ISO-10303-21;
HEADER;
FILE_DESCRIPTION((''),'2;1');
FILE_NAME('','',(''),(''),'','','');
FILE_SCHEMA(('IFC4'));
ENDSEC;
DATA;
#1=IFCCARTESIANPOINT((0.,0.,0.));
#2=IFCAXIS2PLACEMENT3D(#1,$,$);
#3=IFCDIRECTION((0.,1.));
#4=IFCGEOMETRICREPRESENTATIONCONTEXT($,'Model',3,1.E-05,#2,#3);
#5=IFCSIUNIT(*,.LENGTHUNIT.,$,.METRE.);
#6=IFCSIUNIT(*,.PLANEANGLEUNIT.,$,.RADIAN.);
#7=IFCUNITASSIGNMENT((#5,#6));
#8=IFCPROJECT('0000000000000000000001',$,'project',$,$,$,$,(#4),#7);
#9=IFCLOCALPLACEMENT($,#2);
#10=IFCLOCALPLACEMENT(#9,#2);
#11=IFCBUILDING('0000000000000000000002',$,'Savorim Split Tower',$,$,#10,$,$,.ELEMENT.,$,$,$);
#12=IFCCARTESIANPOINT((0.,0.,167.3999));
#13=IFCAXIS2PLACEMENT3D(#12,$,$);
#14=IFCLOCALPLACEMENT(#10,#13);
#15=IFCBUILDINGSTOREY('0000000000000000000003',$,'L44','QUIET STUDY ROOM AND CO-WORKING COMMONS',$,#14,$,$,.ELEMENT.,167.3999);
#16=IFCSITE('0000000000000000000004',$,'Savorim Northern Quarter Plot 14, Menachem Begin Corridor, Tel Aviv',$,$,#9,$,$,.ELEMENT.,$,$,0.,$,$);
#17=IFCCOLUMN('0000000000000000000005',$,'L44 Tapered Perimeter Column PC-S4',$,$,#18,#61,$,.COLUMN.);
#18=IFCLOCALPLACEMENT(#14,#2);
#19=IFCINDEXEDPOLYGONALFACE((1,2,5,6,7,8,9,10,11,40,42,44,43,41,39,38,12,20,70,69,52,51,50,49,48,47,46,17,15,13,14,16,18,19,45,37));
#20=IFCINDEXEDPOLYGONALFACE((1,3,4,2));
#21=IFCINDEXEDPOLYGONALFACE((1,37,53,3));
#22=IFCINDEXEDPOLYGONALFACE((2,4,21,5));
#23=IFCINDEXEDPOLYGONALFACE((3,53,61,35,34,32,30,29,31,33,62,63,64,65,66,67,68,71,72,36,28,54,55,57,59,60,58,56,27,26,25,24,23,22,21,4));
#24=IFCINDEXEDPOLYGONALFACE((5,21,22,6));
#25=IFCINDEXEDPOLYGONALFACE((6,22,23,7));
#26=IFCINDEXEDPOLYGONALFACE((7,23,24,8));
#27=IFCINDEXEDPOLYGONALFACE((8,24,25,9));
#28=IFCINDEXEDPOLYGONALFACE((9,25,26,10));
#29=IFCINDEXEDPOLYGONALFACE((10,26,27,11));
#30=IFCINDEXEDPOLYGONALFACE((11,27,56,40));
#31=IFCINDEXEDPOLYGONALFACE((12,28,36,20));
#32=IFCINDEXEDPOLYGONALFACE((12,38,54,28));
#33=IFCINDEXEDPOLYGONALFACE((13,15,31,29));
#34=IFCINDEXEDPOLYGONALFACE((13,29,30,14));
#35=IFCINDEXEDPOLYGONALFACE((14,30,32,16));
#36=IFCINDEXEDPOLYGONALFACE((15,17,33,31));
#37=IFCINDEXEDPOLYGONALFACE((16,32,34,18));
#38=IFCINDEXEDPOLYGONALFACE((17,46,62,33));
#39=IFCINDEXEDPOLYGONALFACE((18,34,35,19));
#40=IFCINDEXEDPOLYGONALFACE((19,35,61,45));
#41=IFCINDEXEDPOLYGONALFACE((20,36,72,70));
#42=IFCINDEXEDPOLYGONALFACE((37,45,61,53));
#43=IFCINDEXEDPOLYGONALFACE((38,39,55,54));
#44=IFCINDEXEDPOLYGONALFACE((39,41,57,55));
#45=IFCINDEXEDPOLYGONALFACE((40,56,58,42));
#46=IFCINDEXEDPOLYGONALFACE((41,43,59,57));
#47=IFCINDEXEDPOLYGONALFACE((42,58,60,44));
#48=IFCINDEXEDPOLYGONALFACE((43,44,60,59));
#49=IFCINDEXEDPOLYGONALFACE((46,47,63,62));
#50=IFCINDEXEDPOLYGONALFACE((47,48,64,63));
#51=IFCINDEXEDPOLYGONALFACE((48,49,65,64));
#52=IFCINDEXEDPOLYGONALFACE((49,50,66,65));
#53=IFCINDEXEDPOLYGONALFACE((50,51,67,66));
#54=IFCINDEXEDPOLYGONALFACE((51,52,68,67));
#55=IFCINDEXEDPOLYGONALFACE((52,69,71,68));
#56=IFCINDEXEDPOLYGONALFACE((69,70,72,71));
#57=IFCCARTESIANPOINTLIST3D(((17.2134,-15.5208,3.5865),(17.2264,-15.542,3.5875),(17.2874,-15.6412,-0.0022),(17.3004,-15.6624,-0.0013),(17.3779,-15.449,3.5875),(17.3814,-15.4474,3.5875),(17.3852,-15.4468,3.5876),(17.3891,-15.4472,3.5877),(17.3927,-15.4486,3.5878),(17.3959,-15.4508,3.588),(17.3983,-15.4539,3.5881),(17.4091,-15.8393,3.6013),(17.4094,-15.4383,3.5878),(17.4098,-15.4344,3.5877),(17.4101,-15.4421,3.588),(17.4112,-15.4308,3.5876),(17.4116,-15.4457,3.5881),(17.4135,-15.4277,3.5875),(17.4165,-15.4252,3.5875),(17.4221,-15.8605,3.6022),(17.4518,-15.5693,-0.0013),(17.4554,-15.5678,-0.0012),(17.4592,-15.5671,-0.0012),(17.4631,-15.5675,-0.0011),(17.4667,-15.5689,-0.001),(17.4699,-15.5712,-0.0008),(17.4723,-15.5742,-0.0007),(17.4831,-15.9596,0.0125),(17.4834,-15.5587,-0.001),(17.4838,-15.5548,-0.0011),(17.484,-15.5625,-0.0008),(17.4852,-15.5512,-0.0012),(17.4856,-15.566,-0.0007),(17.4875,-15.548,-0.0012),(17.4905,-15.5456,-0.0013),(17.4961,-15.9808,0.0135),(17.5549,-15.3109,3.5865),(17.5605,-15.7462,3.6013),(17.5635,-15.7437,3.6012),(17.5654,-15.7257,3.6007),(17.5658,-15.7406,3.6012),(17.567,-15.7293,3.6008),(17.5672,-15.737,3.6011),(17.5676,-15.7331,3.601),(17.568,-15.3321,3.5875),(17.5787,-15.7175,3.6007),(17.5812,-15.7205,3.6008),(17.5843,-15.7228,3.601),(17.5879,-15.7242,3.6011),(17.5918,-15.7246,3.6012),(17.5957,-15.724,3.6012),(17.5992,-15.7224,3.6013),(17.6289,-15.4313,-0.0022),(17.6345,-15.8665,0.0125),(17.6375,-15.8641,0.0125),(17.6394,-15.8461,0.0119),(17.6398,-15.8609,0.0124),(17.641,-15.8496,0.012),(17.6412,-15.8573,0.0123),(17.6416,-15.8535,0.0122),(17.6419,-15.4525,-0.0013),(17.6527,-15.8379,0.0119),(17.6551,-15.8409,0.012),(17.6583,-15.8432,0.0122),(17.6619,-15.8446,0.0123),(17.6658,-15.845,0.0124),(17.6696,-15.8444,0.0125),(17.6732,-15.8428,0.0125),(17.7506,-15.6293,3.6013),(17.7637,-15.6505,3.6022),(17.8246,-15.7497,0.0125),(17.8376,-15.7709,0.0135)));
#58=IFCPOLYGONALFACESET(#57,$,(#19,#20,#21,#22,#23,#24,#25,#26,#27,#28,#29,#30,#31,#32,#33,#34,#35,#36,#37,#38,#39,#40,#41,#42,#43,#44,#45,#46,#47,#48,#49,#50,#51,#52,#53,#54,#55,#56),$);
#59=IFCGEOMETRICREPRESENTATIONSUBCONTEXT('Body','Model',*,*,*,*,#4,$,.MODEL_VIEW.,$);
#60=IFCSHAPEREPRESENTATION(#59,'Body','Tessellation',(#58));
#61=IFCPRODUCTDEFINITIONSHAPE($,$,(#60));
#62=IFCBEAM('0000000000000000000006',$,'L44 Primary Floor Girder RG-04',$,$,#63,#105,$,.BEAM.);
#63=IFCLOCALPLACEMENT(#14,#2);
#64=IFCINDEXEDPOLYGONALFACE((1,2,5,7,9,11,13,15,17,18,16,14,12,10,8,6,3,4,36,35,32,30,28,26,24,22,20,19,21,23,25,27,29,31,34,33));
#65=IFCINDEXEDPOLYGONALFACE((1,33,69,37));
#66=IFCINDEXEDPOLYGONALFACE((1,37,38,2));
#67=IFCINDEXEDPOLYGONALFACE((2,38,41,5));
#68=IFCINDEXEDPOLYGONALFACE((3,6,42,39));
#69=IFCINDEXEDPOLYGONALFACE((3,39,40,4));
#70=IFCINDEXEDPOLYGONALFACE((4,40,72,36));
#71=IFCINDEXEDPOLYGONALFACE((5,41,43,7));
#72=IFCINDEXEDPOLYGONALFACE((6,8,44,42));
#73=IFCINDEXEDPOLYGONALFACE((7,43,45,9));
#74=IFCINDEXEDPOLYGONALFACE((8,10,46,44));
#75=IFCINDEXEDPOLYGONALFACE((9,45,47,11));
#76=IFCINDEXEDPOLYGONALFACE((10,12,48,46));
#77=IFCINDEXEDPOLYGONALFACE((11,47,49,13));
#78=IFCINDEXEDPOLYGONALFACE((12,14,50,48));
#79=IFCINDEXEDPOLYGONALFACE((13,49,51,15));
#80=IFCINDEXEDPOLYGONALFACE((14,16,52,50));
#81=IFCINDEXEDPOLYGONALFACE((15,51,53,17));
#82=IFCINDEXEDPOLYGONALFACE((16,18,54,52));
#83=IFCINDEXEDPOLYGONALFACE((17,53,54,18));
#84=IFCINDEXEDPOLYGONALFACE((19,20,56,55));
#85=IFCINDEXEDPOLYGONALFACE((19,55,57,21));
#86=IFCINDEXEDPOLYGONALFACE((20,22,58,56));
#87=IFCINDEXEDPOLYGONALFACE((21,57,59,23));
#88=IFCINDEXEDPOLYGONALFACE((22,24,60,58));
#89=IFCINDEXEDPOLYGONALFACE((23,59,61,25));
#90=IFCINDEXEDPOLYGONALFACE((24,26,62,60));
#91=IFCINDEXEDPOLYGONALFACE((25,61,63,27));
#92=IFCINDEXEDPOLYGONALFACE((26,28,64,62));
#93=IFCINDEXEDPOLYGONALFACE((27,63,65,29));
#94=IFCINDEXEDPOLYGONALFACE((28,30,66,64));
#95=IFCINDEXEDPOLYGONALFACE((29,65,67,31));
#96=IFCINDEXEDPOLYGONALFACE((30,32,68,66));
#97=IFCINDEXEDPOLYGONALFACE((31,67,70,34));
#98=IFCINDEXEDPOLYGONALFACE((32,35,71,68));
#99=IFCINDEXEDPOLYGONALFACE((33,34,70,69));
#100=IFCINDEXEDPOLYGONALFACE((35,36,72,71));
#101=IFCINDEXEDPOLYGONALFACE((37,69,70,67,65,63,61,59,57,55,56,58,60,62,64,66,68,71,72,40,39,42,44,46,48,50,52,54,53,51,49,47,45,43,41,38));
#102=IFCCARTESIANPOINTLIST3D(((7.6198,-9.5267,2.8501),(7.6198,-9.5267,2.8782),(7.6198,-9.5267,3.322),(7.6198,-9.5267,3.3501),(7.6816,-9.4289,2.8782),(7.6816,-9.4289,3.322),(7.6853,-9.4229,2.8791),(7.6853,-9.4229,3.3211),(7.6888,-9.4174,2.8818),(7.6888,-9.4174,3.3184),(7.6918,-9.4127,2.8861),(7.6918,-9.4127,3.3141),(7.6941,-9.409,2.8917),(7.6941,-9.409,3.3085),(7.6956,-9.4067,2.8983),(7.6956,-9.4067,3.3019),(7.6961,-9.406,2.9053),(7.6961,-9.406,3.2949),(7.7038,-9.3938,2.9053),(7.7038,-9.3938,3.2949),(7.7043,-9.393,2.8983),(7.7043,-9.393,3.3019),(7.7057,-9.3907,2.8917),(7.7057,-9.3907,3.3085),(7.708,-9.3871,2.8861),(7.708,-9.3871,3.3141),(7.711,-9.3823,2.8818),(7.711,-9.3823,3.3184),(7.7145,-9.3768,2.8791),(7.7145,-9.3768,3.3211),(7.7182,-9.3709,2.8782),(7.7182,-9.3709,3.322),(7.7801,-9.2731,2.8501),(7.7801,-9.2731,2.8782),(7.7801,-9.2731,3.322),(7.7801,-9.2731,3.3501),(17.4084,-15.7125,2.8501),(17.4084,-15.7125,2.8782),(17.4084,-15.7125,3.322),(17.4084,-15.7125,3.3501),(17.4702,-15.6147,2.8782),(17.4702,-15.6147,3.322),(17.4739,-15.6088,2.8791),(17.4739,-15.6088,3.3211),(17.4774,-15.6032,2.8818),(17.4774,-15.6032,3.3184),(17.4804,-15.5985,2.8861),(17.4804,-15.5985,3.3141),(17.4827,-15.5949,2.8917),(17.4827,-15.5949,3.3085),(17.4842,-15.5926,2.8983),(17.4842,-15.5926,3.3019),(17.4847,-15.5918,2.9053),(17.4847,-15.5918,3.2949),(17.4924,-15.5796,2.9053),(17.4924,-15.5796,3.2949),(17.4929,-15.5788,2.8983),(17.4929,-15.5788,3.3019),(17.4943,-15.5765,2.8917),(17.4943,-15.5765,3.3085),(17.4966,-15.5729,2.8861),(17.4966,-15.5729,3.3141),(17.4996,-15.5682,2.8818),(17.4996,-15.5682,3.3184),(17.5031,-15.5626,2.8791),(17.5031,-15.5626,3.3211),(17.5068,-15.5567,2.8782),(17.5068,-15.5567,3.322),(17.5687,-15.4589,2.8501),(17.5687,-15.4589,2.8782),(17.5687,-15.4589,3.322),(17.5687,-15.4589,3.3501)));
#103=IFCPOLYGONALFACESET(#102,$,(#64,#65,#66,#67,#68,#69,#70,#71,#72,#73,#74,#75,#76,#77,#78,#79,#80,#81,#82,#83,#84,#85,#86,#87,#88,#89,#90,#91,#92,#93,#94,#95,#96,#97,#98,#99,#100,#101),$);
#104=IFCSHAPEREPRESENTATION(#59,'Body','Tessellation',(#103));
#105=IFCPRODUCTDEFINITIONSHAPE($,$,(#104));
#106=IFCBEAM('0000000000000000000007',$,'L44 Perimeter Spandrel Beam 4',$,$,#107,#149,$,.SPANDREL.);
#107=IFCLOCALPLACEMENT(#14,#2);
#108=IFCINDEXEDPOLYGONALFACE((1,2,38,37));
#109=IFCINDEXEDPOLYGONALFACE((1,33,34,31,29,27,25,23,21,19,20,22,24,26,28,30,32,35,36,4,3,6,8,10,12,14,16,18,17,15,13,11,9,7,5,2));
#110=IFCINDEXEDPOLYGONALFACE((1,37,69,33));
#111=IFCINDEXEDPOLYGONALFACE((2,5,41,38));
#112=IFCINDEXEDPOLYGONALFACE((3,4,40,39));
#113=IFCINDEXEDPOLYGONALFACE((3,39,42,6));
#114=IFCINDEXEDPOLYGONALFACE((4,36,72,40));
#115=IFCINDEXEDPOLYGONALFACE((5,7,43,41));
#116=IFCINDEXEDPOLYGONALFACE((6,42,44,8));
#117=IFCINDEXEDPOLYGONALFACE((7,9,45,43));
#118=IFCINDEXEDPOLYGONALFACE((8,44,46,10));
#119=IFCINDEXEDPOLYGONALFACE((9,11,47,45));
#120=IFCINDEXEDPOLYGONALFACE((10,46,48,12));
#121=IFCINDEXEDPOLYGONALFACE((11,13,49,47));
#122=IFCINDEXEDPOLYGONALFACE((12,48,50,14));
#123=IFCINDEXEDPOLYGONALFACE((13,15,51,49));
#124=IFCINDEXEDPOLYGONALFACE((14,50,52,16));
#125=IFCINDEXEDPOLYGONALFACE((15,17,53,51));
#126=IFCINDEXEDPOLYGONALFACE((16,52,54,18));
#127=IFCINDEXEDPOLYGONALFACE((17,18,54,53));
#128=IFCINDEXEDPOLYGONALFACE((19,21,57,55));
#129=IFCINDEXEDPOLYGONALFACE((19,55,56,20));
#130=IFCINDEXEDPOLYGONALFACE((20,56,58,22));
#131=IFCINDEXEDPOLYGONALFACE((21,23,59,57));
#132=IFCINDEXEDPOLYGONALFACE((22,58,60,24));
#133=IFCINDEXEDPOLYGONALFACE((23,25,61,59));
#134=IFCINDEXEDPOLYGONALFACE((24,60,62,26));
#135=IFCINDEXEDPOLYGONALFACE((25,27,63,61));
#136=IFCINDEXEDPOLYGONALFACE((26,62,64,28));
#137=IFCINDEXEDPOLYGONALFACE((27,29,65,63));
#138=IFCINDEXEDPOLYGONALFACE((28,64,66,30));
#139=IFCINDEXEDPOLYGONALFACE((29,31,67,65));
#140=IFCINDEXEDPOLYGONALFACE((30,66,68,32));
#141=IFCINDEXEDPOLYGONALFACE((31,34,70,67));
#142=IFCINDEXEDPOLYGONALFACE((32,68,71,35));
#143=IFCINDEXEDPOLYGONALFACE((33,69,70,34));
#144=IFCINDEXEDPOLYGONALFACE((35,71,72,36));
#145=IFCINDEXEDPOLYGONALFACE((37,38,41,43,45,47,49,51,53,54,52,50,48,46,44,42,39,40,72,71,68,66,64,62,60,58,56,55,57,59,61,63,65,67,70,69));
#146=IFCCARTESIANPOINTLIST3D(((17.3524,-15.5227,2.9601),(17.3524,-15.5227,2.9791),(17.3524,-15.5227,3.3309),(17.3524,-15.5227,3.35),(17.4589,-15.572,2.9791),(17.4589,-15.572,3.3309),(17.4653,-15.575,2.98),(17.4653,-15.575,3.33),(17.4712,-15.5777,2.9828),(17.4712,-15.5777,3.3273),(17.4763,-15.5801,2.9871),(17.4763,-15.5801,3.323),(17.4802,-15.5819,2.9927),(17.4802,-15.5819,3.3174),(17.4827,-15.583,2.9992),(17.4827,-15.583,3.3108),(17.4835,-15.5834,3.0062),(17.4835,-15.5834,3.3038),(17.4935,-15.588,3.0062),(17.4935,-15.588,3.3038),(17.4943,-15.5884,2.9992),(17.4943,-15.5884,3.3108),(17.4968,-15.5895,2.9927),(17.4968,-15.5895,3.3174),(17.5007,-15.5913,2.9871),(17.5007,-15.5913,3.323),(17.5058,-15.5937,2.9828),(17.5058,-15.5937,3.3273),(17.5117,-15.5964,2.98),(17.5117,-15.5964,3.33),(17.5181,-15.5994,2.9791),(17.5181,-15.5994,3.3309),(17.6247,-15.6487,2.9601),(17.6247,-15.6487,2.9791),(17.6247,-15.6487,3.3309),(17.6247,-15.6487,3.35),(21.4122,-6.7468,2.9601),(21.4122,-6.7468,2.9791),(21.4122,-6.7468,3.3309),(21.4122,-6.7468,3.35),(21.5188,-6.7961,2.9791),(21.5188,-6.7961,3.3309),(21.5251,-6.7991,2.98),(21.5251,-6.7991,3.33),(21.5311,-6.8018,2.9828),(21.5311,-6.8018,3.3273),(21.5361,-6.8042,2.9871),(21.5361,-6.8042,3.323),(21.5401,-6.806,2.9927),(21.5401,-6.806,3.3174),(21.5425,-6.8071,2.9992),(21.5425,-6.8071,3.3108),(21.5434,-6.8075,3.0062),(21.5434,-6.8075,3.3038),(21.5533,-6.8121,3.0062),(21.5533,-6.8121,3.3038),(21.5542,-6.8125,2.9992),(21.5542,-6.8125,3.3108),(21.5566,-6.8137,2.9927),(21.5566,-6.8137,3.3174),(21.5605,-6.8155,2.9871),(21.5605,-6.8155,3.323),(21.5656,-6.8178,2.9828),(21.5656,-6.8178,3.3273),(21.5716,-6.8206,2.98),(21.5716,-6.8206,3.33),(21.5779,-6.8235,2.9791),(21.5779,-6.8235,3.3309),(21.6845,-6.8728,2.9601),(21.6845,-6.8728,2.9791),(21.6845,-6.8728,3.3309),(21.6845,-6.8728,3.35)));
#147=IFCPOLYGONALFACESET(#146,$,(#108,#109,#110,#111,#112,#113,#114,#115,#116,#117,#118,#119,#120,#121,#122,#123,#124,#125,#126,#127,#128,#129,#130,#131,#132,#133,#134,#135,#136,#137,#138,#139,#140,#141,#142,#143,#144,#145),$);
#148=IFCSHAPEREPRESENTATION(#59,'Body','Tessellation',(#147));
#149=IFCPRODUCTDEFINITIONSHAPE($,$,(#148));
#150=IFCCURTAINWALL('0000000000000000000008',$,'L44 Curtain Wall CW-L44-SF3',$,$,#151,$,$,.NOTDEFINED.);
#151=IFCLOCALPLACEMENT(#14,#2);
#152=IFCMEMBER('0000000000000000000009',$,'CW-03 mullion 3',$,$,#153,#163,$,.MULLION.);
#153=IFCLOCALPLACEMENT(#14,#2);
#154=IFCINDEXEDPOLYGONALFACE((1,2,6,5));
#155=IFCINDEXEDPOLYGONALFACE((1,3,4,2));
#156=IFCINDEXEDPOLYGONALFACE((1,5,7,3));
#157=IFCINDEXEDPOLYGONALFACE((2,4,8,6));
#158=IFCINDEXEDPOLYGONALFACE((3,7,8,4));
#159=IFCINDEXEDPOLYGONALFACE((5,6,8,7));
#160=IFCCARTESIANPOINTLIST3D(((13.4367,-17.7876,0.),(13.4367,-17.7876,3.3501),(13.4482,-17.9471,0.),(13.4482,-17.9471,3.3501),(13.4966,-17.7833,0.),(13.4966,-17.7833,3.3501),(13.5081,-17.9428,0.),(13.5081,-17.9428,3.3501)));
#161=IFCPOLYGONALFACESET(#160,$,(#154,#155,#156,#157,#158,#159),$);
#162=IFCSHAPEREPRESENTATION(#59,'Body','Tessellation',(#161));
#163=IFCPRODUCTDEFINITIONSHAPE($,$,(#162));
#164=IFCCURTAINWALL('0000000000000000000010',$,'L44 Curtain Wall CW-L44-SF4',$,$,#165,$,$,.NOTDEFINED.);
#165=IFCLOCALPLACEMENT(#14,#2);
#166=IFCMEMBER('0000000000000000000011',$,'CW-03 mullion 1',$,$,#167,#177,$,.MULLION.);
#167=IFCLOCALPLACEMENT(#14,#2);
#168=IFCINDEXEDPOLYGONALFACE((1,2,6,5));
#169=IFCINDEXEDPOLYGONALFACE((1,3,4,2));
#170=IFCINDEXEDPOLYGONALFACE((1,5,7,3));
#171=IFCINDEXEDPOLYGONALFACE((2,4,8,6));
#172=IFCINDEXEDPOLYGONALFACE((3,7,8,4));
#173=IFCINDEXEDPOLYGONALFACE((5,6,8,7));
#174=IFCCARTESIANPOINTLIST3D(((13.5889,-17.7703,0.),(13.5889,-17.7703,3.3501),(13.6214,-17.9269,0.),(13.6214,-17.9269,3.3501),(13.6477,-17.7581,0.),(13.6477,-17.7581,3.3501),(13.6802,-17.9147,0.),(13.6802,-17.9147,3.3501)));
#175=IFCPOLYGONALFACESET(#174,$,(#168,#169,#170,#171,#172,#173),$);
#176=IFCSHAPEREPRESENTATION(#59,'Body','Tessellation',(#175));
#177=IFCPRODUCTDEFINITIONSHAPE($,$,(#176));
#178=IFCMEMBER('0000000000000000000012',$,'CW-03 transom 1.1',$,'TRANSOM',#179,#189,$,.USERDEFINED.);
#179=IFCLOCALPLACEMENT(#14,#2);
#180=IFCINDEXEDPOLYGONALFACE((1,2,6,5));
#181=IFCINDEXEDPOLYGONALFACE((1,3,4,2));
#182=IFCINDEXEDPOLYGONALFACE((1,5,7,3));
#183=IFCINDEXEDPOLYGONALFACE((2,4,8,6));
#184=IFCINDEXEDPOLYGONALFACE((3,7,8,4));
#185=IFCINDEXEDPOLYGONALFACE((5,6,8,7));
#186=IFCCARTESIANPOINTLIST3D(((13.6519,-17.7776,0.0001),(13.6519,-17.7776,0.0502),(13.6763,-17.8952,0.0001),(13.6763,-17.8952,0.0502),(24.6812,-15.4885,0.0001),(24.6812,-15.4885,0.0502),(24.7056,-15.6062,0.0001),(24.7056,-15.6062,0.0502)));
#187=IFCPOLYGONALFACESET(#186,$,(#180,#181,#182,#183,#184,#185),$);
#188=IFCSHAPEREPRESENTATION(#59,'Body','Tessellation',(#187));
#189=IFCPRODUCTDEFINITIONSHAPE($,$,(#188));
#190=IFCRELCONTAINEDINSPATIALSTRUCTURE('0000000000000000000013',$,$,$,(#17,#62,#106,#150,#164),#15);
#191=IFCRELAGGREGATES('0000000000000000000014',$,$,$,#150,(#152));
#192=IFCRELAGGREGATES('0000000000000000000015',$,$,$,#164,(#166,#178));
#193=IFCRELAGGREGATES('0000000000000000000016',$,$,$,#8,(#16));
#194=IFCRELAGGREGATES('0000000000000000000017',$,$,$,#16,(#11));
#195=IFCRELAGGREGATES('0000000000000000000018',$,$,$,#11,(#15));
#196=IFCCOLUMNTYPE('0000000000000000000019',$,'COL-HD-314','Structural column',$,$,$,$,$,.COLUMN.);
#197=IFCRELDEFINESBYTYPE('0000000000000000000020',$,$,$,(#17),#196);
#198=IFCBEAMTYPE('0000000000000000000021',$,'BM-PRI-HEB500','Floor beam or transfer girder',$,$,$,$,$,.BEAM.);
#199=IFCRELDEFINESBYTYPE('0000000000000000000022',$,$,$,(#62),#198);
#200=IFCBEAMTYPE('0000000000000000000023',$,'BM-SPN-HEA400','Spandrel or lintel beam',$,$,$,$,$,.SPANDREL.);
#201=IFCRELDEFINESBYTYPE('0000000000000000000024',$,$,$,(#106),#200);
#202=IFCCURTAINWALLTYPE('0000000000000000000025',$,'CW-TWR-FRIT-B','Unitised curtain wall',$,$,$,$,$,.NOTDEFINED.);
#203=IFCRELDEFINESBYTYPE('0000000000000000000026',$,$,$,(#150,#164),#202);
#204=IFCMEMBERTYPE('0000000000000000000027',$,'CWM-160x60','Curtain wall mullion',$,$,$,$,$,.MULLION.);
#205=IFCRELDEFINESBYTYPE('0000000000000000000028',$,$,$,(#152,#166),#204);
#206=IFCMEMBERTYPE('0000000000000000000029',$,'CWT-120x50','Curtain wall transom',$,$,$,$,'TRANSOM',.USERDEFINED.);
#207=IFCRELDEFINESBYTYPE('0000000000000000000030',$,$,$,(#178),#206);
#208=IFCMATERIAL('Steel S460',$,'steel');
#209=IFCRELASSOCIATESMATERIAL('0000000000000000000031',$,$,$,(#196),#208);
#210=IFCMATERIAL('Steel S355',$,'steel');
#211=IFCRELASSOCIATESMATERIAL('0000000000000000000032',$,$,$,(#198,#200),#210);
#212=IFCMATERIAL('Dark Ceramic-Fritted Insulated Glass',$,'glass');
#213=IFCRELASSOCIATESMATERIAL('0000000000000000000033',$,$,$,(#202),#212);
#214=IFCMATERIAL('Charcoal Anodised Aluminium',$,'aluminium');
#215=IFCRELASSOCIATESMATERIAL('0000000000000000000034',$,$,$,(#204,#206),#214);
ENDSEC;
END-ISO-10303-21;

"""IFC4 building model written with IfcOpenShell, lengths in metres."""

from ifc_helpers import new_model, si_unit, direction, frame, origin, origin_2d, place, context, subcontext, project, spatial, rectangle, i_section, extrude, material, material_profile, profile_set, type_object, element, aggregate, save


model = new_model("IFC4")

# Units and contexts
model_context = context("Model", 3, precision=1e-05, world=origin(), true_north=direction((0.0, 1.0)))
body_context = subcontext(model_context, "Body", "Model", "MODEL_VIEW")
ifc_project = project(units=[si_unit("LENGTHUNIT", "METRE"), si_unit("PLANEANGLEUNIT", "RADIAN")], contexts=[model_context])

# Site, building, storey
site_placement = place(None, origin())
site = spatial("IfcSite", under=ifc_project, at=site_placement, Name="Savorim Northern Quarter Plot 14, Menachem Begin Corridor, Tel Aviv", CompositionType="ELEMENT", RefElevation=0.0)
building_placement = place(site_placement, origin())
building = spatial("IfcBuilding", under=site, at=building_placement, Name="Savorim Split Tower", CompositionType="ELEMENT")
storey_placement = place(building_placement, frame((0.0, 0.0, 167.3999)))
storey = spatial("IfcBuildingStorey", under=building, at=storey_placement, Name="L44", Description="QUIET STUDY ROOM AND CO-WORKING COMMONS", CompositionType="ELEMENT", Elevation=167.3999)

# Column
ifc_material_1 = material(Name="Steel S460", Category="steel")
ifc_material_profile_1 = material_profile(ifc_material_1, i_section(OverallWidth=0.4009, OverallDepth=0.3989, WebThickness=0.0156, FlangeThickness=0.0249, FilletRadius=0.0149, at=origin_2d()), Name="HD 400x314")
ifc_profile_set_1 = profile_set([ifc_material_profile_1], Name="Steel S460")
column_type = type_object("IfcColumnType", Name="COL-HD-314", Description="Structural column", PredefinedType="COLUMN", material=ifc_profile_set_1)
column_placement = place(storey_placement, frame((17.5625, -15.7061, 0.0056), z_axis=(-0.020596, 0.033511, 0.999226), x_axis=(-0.851955, -0.523615, 0.0)))
element("IfcColumn", 1, at=column_placement, inside=storey, type_object=column_type, Name="L44 Tapered Perimeter Column PC-S4", PredefinedType="COLUMN", context=body_context, shape_type="SweptSolid", body=[
    extrude(i_section(OverallWidth=0.4009, OverallDepth=0.3989, WebThickness=0.0156, FlangeThickness=0.0249, FilletRadius=0.0149, at=origin_2d()), origin(), (0.0, 0.0, 1.0), 3.5916),
])

# Beams
ifc_material_2 = material(Name="Steel S355", Category="steel")
ifc_material_profile_2 = material_profile(ifc_material_2, i_section(OverallWidth=0.3, OverallDepth=0.5, WebThickness=0.0144, FlangeThickness=0.0281, FilletRadius=0.0271, at=origin_2d()), Name="HEB 500")
ifc_profile_set_2 = profile_set([ifc_material_profile_2], Name="Steel S355")
beam_type_1 = type_object("IfcBeamType", Name="BM-PRI-HEB500", Description="Floor beam or transfer girder", PredefinedType="BEAM", material=ifc_profile_set_2)
beam_1_placement = place(storey_placement, frame((17.4885, -15.5857, 3.1001), z_axis=(-0.845351, 0.534211, 0.0), x_axis=(-0.534211, -0.845351, 0.0)))
element("IfcBeam", 2, at=beam_1_placement, inside=storey, type_object=beam_type_1, Name="L44 Primary Floor Girder RG-04", PredefinedType="BEAM", context=body_context, shape_type="SweptSolid", body=[
    extrude(i_section(OverallWidth=0.3, OverallDepth=0.5, WebThickness=0.0144, FlangeThickness=0.0281, FilletRadius=0.0271, at=origin_2d()), origin(), (0.0, 0.0, 1.0), 11.5793),
])
ifc_material_profile_3 = material_profile(ifc_material_2, i_section(OverallWidth=0.3, OverallDepth=0.3899, WebThickness=0.011, FlangeThickness=0.019, FilletRadius=0.0271, at=origin_2d()), Name="HEA 400")
ifc_profile_set_3 = profile_set([ifc_material_profile_3], Name="Steel S355")
beam_type_2 = type_object("IfcBeamType", Name="BM-SPN-HEA400", Description="Spandrel or lintel beam", PredefinedType="SPANDREL", material=ifc_profile_set_3)
beam_2_placement = place(storey_placement, frame((17.4885, -15.5857, 3.155), z_axis=(0.41986, 0.907589, 0.0), x_axis=(-0.907589, 0.41986, 0.0)))
element("IfcBeam", 3, at=beam_2_placement, inside=storey, type_object=beam_type_2, Name="L44 Perimeter Spandrel Beam 4", PredefinedType="SPANDREL", context=body_context, shape_type="SweptSolid", body=[
    extrude(i_section(OverallWidth=0.3, OverallDepth=0.3899, WebThickness=0.011, FlangeThickness=0.019, FilletRadius=0.0271, at=origin_2d()), origin(), (0.0, 0.0, 1.0), 9.6694),
])

# Curtain wall, member
ifc_material_3 = material(Name="Dark Ceramic-Fritted Insulated Glass", Category="glass")
curtain_wall_type = type_object("IfcCurtainWallType", Name="CW-TWR-FRIT-B", Description="Unitised curtain wall", PredefinedType="NOTDEFINED", material=ifc_material_3)
curtain_wall_1_placement = place(storey_placement, origin())
curtain_wall_1 = element("IfcCurtainWall", 4, at=curtain_wall_1_placement, inside=storey, type_object=curtain_wall_type, Name="L44 Curtain Wall CW-L44-SF3", PredefinedType="NOTDEFINED")
ifc_material_4 = material(Name="Charcoal Anodised Aluminium", Category="aluminium")
ifc_material_profile_4 = material_profile(ifc_material_4, rectangle(XDim=0.1599, YDim=0.0601, at=origin_2d()), Name="ALU-M 160x60")
ifc_profile_set_4 = profile_set([ifc_material_profile_4], Name="Charcoal Anodised Aluminium")
member_type_1 = type_object("IfcMemberType", Name="CWM-160x60", Description="Curtain wall mullion", PredefinedType="MULLION", material=ifc_profile_set_4)
member_1_placement = place(storey_placement, frame((13.4724, -17.8652, 0.0), z_axis=(0.0, 0.0, 1.0), x_axis=(-0.071557, 0.997436, 0.0)))
member_1 = element("IfcMember", 5, at=member_1_placement, type_object=member_type_1, Name="CW-03 mullion 3", PredefinedType="MULLION", context=body_context, shape_type="SweptSolid", body=[
    extrude(rectangle(XDim=0.1599, YDim=0.0601, at=origin_2d()), origin(), (0.0, 0.0, 1.0), 3.3501),
])
aggregate(curtain_wall_1, [member_1])

# Curtain wall, members
curtain_wall_2_placement = place(storey_placement, origin())
curtain_wall_2 = element("IfcCurtainWall", 6, at=curtain_wall_2_placement, inside=storey, type_object=curtain_wall_type, Name="L44 Curtain Wall CW-L44-SF4", PredefinedType="NOTDEFINED")
member_2_placement = place(storey_placement, frame((13.6345, -17.8425, 0.0), z_axis=(0.0, 0.0, 1.0), x_axis=(-0.203214, 0.979134, 0.0)))
member_2 = element("IfcMember", 7, at=member_2_placement, type_object=member_type_1, Name="CW-03 mullion 1", PredefinedType="MULLION", context=body_context, shape_type="SweptSolid", body=[
    extrude(rectangle(XDim=0.1599, YDim=0.0601, at=origin_2d()), origin(), (0.0, 0.0, 1.0), 3.3501),
])
ifc_material_profile_5 = material_profile(ifc_material_4, rectangle(XDim=0.1201, YDim=0.05, at=origin_2d()), Name="ALU-T 120x50")
ifc_profile_set_5 = profile_set([ifc_material_profile_5], Name="Charcoal Anodised Aluminium")
member_type_2 = type_object("IfcMemberType", Name="CWT-120x50", Description="Curtain wall transom", ElementType="TRANSOM", PredefinedType="USERDEFINED", material=ifc_profile_set_5)
member_3_placement = place(storey_placement, frame((13.6641, -17.8364, 0.0251), z_axis=(0.979134, 0.203213, 0.0), x_axis=(-0.203213, 0.979134, 0.0)))
member_3 = element("IfcMember", 8, at=member_3_placement, type_object=member_type_2, Name="CW-03 transom 1.1", ObjectType="TRANSOM", PredefinedType="USERDEFINED", context=body_context, shape_type="SweptSolid", body=[
    extrude(rectangle(XDim=0.1201, YDim=0.05, at=origin_2d()), origin(), (0.0, 0.0, 1.0), 11.2644),
])

aggregate(curtain_wall_2, [member_2, member_3])

save(model, "model.ifc")
